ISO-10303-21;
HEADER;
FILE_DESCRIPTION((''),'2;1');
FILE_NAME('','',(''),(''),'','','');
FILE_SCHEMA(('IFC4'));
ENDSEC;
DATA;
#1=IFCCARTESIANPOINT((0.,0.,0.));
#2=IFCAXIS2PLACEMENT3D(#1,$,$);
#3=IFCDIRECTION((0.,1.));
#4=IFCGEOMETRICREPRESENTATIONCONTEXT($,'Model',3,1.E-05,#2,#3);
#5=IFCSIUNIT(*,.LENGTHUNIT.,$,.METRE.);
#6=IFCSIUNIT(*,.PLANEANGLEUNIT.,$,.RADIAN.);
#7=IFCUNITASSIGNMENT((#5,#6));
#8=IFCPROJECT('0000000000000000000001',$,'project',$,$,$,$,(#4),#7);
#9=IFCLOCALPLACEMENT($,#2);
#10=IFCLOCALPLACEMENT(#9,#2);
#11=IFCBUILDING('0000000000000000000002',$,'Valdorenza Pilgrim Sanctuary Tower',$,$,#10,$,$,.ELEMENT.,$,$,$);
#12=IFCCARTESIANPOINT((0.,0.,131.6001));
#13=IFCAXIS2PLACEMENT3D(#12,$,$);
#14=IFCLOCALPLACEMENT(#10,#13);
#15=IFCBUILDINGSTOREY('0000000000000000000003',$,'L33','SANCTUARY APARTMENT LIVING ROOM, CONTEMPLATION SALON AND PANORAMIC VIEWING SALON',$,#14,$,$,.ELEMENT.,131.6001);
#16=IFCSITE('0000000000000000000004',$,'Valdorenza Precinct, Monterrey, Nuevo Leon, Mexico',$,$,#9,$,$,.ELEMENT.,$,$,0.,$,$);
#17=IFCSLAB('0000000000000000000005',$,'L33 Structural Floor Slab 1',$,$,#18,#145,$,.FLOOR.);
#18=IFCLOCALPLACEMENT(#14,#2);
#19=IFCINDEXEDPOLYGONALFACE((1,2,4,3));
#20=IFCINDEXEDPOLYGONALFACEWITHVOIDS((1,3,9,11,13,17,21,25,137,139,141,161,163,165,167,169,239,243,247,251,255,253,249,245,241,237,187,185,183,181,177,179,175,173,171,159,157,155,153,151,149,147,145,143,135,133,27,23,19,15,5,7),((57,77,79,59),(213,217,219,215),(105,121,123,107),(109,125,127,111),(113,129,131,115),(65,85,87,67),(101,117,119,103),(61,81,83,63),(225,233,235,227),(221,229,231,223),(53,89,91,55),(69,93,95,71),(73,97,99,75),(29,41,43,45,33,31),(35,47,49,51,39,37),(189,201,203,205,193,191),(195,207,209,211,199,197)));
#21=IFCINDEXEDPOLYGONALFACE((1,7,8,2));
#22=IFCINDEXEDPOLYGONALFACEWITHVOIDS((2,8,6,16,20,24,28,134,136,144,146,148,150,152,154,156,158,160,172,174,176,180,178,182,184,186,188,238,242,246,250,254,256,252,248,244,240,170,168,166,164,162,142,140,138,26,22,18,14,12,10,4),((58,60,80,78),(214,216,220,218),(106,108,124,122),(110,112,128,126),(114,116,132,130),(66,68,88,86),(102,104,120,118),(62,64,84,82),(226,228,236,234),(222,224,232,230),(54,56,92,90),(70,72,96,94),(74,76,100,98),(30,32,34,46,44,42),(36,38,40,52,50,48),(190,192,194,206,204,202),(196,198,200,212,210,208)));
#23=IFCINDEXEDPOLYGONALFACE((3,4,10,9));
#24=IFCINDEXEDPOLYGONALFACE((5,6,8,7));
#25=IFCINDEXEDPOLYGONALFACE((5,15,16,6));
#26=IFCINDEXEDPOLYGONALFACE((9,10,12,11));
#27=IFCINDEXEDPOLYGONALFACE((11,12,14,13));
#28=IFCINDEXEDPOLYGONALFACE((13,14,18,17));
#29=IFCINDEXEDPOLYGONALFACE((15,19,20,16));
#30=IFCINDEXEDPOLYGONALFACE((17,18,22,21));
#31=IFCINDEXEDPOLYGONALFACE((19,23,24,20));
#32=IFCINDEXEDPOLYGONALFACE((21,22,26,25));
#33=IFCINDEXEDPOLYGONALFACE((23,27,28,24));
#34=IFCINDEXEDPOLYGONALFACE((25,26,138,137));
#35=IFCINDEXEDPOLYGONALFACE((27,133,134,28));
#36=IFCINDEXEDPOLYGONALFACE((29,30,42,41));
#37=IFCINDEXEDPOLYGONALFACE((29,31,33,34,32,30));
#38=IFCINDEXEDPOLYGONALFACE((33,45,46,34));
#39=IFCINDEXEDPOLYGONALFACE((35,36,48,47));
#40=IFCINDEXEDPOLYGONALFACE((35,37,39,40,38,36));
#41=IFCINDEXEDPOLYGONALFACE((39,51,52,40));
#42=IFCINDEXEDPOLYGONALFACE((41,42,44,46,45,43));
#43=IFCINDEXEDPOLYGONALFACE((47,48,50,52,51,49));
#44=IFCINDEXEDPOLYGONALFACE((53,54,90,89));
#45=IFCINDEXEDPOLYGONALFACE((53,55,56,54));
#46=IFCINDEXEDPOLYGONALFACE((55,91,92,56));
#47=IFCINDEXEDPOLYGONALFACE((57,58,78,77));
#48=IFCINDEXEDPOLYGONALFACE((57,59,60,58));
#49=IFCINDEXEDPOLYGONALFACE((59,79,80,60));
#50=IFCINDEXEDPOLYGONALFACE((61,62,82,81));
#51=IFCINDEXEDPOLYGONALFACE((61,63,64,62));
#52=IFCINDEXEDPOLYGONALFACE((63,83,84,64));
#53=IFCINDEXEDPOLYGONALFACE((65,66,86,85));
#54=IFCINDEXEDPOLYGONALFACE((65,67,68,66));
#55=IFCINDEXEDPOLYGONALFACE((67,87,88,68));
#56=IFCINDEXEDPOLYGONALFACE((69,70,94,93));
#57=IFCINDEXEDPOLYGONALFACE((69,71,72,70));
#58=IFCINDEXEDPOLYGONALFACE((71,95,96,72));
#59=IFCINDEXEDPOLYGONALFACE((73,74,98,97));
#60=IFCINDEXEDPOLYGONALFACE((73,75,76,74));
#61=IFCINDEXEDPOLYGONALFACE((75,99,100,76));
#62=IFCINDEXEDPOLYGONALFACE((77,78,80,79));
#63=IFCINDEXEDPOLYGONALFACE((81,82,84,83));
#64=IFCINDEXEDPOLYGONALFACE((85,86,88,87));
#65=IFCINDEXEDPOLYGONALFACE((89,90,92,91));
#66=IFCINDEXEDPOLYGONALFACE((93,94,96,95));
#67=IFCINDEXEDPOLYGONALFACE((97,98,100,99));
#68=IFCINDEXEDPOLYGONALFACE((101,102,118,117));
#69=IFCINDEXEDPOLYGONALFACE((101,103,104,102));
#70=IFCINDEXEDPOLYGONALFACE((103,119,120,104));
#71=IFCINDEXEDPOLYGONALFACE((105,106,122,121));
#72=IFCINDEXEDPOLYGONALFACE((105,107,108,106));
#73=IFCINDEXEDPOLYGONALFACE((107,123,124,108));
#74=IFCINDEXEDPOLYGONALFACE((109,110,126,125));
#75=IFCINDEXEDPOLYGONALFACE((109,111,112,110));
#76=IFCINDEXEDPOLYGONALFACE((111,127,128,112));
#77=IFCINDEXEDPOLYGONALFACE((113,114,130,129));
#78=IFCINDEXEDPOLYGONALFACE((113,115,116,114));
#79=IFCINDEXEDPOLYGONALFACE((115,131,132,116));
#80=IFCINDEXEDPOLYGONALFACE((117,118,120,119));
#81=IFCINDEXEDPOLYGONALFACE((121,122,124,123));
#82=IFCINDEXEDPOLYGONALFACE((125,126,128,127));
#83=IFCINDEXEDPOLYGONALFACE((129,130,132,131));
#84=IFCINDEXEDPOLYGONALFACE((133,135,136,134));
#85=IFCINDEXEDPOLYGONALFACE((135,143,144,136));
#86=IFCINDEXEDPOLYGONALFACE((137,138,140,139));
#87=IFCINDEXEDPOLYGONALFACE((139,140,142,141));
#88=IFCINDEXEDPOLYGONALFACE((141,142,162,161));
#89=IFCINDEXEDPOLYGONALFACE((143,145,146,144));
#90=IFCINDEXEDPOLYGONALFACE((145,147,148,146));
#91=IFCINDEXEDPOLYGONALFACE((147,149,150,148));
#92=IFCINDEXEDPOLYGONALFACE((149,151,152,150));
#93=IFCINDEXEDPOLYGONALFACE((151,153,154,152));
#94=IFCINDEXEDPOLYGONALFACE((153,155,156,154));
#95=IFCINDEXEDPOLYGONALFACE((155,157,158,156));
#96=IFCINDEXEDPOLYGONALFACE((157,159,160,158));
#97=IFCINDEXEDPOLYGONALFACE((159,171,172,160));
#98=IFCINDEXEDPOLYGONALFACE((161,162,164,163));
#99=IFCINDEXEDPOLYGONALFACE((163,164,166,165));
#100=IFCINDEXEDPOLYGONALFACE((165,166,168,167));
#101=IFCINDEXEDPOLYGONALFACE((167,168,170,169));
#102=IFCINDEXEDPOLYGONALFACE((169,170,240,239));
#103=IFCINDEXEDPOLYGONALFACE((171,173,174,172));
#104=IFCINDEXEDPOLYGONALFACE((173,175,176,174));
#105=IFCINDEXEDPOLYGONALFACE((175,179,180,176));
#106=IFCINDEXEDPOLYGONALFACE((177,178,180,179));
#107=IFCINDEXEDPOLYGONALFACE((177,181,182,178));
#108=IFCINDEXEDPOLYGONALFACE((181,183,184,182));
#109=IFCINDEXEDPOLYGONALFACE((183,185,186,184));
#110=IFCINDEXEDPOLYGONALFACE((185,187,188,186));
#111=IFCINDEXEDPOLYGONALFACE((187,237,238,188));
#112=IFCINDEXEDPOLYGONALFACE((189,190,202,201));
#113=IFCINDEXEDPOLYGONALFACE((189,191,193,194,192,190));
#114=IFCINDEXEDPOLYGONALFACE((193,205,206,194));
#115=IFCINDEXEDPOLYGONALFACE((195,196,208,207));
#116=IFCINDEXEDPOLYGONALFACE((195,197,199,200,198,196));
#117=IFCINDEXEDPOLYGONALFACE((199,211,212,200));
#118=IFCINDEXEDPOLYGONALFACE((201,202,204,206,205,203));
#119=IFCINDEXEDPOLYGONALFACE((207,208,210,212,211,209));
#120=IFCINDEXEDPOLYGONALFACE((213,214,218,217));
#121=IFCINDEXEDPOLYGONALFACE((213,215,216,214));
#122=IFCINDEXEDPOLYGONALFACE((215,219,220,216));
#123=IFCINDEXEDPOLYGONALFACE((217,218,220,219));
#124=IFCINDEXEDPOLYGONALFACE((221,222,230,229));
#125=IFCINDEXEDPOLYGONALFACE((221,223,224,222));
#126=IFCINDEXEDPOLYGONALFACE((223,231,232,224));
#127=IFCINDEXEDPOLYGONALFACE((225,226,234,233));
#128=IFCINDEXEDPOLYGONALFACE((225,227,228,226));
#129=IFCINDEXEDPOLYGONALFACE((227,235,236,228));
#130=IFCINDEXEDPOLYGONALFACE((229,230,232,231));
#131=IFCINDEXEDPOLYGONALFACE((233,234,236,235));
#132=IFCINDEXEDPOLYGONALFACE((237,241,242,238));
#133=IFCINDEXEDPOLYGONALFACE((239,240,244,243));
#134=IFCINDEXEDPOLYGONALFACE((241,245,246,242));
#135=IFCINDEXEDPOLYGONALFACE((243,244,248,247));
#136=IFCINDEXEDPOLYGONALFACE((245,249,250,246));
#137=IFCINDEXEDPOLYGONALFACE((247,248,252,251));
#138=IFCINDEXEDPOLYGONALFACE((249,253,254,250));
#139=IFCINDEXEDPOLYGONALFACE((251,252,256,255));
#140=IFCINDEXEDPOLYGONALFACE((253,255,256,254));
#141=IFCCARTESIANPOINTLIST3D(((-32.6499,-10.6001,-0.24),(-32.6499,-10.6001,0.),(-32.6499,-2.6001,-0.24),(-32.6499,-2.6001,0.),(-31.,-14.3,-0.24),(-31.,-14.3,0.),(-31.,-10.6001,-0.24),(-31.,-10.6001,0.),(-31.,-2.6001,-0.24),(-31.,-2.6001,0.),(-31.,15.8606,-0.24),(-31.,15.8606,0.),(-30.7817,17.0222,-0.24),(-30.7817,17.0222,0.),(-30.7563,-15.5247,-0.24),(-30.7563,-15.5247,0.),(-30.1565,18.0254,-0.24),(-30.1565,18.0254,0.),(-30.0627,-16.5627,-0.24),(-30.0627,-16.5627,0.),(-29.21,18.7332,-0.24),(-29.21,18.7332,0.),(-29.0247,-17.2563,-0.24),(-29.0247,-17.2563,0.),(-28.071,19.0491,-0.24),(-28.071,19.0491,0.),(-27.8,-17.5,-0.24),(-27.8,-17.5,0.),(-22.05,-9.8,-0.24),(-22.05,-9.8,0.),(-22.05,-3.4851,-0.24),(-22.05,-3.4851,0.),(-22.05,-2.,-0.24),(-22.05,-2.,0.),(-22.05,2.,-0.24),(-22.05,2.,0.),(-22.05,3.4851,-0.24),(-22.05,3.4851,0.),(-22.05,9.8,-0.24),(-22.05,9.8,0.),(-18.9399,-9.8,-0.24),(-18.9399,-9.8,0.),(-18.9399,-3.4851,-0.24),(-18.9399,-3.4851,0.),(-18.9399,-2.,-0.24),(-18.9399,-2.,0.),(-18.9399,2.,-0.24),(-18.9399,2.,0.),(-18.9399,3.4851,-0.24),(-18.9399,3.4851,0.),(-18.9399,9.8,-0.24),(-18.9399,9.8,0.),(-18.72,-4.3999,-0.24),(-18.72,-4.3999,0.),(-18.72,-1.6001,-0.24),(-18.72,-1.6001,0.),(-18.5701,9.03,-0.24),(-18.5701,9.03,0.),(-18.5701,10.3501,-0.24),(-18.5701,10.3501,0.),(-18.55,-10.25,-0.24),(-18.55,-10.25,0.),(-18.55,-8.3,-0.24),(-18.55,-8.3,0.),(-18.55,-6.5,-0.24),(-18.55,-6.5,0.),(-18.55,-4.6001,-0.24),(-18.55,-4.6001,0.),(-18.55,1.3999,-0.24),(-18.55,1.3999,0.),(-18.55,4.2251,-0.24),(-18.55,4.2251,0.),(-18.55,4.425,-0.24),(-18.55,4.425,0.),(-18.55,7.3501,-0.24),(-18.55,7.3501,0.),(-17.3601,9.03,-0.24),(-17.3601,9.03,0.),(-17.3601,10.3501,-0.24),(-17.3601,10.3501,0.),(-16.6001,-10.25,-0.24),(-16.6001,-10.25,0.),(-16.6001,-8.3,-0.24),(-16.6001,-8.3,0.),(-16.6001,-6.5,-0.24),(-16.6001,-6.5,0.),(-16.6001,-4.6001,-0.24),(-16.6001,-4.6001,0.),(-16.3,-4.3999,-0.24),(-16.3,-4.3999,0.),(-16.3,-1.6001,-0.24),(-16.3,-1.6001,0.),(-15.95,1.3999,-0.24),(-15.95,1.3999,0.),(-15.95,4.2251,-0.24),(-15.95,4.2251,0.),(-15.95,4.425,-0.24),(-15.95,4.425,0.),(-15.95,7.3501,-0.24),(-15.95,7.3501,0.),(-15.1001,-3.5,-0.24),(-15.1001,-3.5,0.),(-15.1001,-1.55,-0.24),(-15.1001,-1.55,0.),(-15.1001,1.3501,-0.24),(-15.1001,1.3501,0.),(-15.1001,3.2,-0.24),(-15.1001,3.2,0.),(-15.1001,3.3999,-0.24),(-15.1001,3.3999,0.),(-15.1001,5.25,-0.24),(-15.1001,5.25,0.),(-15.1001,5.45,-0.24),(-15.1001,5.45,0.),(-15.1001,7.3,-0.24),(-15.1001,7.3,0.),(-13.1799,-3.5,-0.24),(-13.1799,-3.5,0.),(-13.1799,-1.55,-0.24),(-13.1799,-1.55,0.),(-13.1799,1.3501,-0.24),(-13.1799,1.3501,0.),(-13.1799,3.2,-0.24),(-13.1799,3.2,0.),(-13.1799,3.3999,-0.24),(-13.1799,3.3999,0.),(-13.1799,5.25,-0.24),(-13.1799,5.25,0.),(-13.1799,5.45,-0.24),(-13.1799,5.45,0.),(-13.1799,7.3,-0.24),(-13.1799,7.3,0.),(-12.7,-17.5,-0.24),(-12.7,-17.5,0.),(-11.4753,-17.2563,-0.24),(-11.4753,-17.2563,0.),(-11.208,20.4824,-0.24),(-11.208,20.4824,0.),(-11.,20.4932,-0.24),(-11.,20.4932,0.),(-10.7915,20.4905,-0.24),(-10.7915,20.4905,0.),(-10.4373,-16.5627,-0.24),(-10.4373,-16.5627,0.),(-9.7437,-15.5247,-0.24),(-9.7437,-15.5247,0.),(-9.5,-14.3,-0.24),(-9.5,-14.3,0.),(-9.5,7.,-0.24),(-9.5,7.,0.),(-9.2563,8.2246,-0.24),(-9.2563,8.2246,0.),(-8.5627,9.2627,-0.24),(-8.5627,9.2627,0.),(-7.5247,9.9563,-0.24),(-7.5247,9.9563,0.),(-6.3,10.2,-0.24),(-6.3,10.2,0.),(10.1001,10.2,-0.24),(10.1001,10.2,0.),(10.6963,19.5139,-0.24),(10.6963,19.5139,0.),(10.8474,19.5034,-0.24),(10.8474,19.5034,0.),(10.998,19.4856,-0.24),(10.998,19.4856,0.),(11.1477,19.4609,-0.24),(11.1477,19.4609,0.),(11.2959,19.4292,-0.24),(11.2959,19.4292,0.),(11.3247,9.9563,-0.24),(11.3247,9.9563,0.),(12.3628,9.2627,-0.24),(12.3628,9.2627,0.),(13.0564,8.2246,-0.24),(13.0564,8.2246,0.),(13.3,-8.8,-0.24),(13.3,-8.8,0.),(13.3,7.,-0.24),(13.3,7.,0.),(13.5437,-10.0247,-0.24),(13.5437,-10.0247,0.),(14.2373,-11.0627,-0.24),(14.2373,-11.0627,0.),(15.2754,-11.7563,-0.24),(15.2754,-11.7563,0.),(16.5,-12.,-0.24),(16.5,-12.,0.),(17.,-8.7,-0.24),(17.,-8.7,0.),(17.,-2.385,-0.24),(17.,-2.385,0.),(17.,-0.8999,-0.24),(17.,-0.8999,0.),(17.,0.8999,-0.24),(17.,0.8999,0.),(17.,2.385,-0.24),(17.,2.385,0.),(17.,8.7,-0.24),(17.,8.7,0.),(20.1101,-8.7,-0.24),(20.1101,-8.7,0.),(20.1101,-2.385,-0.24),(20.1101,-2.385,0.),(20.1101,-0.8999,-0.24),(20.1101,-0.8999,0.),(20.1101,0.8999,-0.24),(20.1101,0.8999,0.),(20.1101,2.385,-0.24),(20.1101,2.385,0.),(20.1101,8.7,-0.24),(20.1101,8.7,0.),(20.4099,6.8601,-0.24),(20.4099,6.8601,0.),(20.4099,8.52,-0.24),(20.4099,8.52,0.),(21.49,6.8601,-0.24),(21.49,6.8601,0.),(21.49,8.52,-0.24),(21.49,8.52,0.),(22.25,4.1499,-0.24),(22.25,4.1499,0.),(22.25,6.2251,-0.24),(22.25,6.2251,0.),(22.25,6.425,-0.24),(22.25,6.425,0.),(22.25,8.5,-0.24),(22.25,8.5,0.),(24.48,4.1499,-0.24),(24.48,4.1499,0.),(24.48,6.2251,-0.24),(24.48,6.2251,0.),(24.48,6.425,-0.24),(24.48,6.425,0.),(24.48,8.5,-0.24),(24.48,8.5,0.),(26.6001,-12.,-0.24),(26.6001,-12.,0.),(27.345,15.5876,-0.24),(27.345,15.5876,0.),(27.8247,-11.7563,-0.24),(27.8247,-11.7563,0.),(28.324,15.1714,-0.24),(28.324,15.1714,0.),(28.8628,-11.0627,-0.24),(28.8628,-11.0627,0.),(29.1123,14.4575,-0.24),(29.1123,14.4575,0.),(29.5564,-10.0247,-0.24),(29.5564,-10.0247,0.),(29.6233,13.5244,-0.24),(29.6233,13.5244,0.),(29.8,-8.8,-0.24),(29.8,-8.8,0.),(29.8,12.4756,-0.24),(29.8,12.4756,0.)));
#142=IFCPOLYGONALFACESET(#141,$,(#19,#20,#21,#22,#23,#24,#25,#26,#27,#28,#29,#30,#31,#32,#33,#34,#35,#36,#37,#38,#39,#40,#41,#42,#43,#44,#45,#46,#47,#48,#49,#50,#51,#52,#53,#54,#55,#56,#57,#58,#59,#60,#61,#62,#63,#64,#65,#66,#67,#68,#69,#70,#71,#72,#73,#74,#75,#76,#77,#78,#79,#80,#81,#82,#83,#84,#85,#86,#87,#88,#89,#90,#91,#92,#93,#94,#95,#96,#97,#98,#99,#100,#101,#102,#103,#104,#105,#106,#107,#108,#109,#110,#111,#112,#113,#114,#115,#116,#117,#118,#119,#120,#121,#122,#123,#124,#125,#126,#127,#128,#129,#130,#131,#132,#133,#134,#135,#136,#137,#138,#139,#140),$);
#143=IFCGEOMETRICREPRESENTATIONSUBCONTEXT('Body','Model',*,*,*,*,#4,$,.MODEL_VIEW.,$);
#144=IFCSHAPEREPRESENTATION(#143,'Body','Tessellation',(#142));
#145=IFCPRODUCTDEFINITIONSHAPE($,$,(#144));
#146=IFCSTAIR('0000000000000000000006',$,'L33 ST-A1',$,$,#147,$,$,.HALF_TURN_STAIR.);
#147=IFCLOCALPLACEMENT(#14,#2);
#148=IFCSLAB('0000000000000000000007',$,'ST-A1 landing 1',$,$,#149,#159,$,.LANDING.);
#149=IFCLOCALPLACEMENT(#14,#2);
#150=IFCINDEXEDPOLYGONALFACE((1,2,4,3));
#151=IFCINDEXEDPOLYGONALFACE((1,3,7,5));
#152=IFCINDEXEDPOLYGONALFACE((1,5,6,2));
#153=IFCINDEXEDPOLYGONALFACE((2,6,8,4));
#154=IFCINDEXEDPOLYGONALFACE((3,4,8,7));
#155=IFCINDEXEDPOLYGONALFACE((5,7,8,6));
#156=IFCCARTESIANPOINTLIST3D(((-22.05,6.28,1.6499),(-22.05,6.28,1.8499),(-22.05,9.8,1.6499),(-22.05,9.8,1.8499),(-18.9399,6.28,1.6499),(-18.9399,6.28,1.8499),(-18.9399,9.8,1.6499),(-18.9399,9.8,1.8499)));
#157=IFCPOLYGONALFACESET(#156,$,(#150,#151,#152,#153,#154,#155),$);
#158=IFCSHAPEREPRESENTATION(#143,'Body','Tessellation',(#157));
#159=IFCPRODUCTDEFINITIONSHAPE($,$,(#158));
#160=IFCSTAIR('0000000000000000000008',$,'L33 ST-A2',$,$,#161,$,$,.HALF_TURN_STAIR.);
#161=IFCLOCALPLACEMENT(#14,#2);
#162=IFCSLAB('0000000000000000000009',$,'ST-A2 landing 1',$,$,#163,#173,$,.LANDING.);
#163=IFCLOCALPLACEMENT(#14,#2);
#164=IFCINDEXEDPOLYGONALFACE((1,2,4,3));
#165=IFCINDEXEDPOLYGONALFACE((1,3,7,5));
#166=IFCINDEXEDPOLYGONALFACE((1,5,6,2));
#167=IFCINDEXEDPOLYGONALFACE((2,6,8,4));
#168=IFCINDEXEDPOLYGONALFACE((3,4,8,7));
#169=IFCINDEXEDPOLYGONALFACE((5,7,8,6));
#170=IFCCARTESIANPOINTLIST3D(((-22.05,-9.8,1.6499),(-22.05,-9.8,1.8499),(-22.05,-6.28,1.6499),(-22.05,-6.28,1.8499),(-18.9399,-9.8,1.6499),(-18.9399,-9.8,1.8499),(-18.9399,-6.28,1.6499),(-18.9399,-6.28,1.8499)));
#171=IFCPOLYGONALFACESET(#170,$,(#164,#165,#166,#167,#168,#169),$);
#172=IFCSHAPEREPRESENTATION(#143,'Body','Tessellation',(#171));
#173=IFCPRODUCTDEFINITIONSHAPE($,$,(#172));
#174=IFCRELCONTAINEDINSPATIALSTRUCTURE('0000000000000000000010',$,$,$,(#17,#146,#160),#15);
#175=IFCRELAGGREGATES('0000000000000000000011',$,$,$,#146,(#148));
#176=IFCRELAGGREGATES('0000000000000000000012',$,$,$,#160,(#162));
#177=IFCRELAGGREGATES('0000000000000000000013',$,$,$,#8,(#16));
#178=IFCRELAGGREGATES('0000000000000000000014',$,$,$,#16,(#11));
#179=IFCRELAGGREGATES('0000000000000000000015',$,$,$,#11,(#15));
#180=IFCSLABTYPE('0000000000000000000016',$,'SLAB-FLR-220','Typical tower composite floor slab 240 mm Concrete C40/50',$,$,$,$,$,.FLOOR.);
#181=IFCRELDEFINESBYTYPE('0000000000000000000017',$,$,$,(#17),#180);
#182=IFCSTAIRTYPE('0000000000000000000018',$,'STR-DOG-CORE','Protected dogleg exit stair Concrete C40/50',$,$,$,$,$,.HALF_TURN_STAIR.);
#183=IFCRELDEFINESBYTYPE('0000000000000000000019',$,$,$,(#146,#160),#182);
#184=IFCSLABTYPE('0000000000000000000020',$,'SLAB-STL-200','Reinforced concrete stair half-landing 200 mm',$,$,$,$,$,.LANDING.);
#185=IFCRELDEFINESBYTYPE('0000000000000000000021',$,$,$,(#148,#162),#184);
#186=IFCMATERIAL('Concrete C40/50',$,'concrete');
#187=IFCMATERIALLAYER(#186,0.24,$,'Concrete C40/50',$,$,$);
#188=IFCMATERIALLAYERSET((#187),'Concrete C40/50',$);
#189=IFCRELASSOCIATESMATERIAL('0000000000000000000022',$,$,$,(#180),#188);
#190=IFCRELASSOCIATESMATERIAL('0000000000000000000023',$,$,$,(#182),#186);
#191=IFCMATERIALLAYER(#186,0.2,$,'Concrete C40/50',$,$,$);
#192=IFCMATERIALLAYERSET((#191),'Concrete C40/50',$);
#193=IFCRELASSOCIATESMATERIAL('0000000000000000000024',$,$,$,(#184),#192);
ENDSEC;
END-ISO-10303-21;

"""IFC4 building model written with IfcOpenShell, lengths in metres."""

from ifc_helpers import new_model, si_unit, direction, frame, origin, place, context, subcontext, project, spatial, polyline, outline, extrude, material, layer, layer_set, type_object, element, aggregate, save


model = new_model("IFC4")

# Units and contexts
model_context = context("Model", 3, precision=1e-05, world=origin(), true_north=direction((0.0, 1.0)))
body_context = subcontext(model_context, "Body", "Model", "MODEL_VIEW")
ifc_project = project(units=[si_unit("LENGTHUNIT", "METRE"), si_unit("PLANEANGLEUNIT", "RADIAN")], contexts=[model_context])

# Site, building, storey
site_placement = place(None, origin())
site = spatial("IfcSite", under=ifc_project, at=site_placement, Name="Valdorenza Precinct, Monterrey, Nuevo Leon, Mexico", CompositionType="ELEMENT", RefElevation=0.0)
building_placement = place(site_placement, origin())
building = spatial("IfcBuilding", under=site, at=building_placement, Name="Valdorenza Pilgrim Sanctuary Tower", CompositionType="ELEMENT")
storey_placement = place(building_placement, frame((0.0, 0.0, 131.6001)))
storey = spatial("IfcBuildingStorey", under=building, at=storey_placement, Name="L33", Description="SANCTUARY APARTMENT LIVING ROOM, CONTEMPLATION SALON AND PANORAMIC VIEWING SALON", CompositionType="ELEMENT", Elevation=131.6001)

# Slab
ifc_material_1 = material(Name="Concrete C40/50", Category="concrete")
ifc_layer_1 = layer(ifc_material_1, 0.24, Name="Concrete C40/50")
ifc_layer_set_1 = layer_set([ifc_layer_1], Name="Concrete C40/50")
slab_type_1 = type_object("IfcSlabType", Name="SLAB-FLR-220", Description="Typical tower composite floor slab 240 mm Concrete C40/50", PredefinedType="FLOOR", material=ifc_layer_set_1)
slab_1_placement = place(storey_placement, frame((0.0, 0.0, -0.24)))
element("IfcSlab", 1, at=slab_1_placement, inside=storey, type_object=slab_type_1, Name="L33 Structural Floor Slab 1", PredefinedType="FLOOR", context=body_context, shape_type="SweptSolid", body=[
    extrude(outline(polyline([(-32.6499, -2.6001), (-31.0, -2.6001), (-31.0, 15.8606), (-30.7817, 17.0222), (-30.1565, 18.0254), (-29.21, 18.7332), (-28.071, 19.0491), (-11.208, 20.4824), (-11.0, 20.4932), (-10.7915, 20.4905), (10.6963, 19.5139), (10.8474, 19.5034), (10.998, 19.4856), (11.1477, 19.4609), (11.2959, 19.4292), (27.345, 15.5876), (28.324, 15.1714), (29.1123, 14.4575), (29.6233, 13.5244), (29.8, 12.4756), (29.8, -8.8), (29.5564, -10.0247), (28.8628, -11.0627), (27.8247, -11.7563), (26.6001, -12.0), (16.5, -12.0), (15.2754, -11.7563), (14.2373, -11.0627), (13.5437, -10.0247), (13.3, -8.8), (13.3, 7.0), (13.0564, 8.2246), (12.3628, 9.2627), (11.3247, 9.9563), (10.1001, 10.2), (-6.3, 10.2), (-7.5247, 9.9563), (-8.5627, 9.2627), (-9.2563, 8.2246), (-9.5, 7.0), (-9.5, -14.3), (-9.7437, -15.5247), (-10.4373, -16.5627), (-11.4753, -17.2563), (-12.7, -17.5), (-27.8, -17.5), (-29.0247, -17.2563), (-30.0627, -16.5627), (-30.7563, -15.5247), (-31.0, -14.3), (-31.0, -10.6001), (-32.6499, -10.6001), (-32.6499, -2.6001)]), holes=[polyline([(-16.6001, -10.25), (-16.6001, -8.3), (-18.55, -8.3), (-18.55, -10.25), (-16.6001, -10.25)]), polyline([(-22.05, -9.8), (-18.9399, -9.8), (-18.9399, -3.4851), (-18.9399, -2.0), (-22.05, -2.0), (-22.05, -3.4851), (-22.05, -9.8)]), polyline([(-16.6001, -6.5), (-16.6001, -4.6001), (-18.55, -4.6001), (-18.55, -6.5), (-16.6001, -6.5)]), polyline([(-18.72, -4.3999), (-16.3, -4.3999), (-16.3, -1.6001), (-18.72, -1.6001), (-18.72, -4.3999)]), polyline([(-13.1799, 1.3501), (-13.1799, 3.2), (-15.1001, 3.2), (-15.1001, 1.3501), (-13.1799, 1.3501)]), polyline([(-22.05, 2.0), (-18.9399, 2.0), (-18.9399, 3.4851), (-18.9399, 9.8), (-22.05, 9.8), (-22.05, 3.4851), (-22.05, 2.0)]), polyline([(-15.95, 1.3999), (-15.95, 4.2251), (-18.55, 4.2251), (-18.55, 1.3999), (-15.95, 1.3999)]), polyline([(-18.55, 4.425), (-15.95, 4.425), (-15.95, 7.3501), (-18.55, 7.3501), (-18.55, 4.425)]), polyline([(-17.3601, 9.03), (-17.3601, 10.3501), (-18.5701, 10.3501), (-18.5701, 9.03), (-17.3601, 9.03)]), polyline([(17.0, -8.7), (20.1101, -8.7), (20.1101, -2.385), (20.1101, -0.8999), (17.0, -0.8999), (17.0, -2.385), (17.0, -8.7)]), polyline([(-13.1799, -3.5), (-13.1799, -1.55), (-15.1001, -1.55), (-15.1001, -3.5), (-13.1799, -3.5)]), polyline([(17.0, 0.8999), (20.1101, 0.8999), (20.1101, 2.385), (20.1101, 8.7), (17.0, 8.7), (17.0, 2.385), (17.0, 0.8999)]), polyline([(-13.1799, 3.3999), (-13.1799, 5.25), (-15.1001, 5.25), (-15.1001, 3.3999), (-13.1799, 3.3999)]), polyline([(22.25, 4.1499), (24.48, 4.1499), (24.48, 6.2251), (22.25, 6.2251), (22.25, 4.1499)]), polyline([(-13.1799, 5.45), (-13.1799, 7.3), (-15.1001, 7.3), (-15.1001, 5.45), (-13.1799, 5.45)]), polyline([(22.25, 6.425), (24.48, 6.425), (24.48, 8.5), (22.25, 8.5), (22.25, 6.425)]), polyline([(20.4099, 6.8601), (21.49, 6.8601), (21.49, 8.52), (20.4099, 8.52), (20.4099, 6.8601)])]), origin(), (0.0, 0.0, 1.0), 0.24),
])

# Stairs, slabs
stair_type = type_object("IfcStairType", Name="STR-DOG-CORE", Description="Protected dogleg exit stair Concrete C40/50", PredefinedType="HALF_TURN_STAIR", material=ifc_material_1)
stair_1_placement = place(storey_placement, origin())
stair_1 = element("IfcStair", 2, at=stair_1_placement, inside=storey, type_object=stair_type, Name="L33 ST-A1", PredefinedType="HALF_TURN_STAIR")
ifc_layer_2 = layer(ifc_material_1, 0.2, Name="Concrete C40/50")
ifc_layer_set_2 = layer_set([ifc_layer_2], Name="Concrete C40/50")
slab_type_2 = type_object("IfcSlabType", Name="SLAB-STL-200", Description="Reinforced concrete stair half-landing 200 mm", PredefinedType="LANDING", material=ifc_layer_set_2)
slab_2_placement = place(storey_placement, frame((0.0, 0.0, 1.6499)))
slab_2 = element("IfcSlab", 3, at=slab_2_placement, type_object=slab_type_2, Name="ST-A1 landing 1", PredefinedType="LANDING", context=body_context, shape_type="SweptSolid", body=[
    extrude(outline(polyline([(-18.9399, 6.28), (-18.9399, 9.8), (-22.05, 9.8), (-22.05, 6.28), (-18.9399, 6.28)])), origin(), (0.0, 0.0, 1.0), 0.2),
])
aggregate(stair_1, [slab_2])
stair_2_placement = place(storey_placement, origin())
stair_2 = element("IfcStair", 4, at=stair_2_placement, inside=storey, type_object=stair_type, Name="L33 ST-A2", PredefinedType="HALF_TURN_STAIR")
slab_3_placement = place(storey_placement, frame((0.0, 0.0, 1.6499)))
slab_3 = element("IfcSlab", 5, at=slab_3_placement, type_object=slab_type_2, Name="ST-A2 landing 1", PredefinedType="LANDING", context=body_context, shape_type="SweptSolid", body=[
    extrude(outline(polyline([(-22.05, -6.28), (-22.05, -9.8), (-18.9399, -9.8), (-18.9399, -6.28), (-22.05, -6.28)])), origin(), (0.0, 0.0, 1.0), 0.2),
])
aggregate(stair_2, [slab_3])

save(model, "model.ifc")
